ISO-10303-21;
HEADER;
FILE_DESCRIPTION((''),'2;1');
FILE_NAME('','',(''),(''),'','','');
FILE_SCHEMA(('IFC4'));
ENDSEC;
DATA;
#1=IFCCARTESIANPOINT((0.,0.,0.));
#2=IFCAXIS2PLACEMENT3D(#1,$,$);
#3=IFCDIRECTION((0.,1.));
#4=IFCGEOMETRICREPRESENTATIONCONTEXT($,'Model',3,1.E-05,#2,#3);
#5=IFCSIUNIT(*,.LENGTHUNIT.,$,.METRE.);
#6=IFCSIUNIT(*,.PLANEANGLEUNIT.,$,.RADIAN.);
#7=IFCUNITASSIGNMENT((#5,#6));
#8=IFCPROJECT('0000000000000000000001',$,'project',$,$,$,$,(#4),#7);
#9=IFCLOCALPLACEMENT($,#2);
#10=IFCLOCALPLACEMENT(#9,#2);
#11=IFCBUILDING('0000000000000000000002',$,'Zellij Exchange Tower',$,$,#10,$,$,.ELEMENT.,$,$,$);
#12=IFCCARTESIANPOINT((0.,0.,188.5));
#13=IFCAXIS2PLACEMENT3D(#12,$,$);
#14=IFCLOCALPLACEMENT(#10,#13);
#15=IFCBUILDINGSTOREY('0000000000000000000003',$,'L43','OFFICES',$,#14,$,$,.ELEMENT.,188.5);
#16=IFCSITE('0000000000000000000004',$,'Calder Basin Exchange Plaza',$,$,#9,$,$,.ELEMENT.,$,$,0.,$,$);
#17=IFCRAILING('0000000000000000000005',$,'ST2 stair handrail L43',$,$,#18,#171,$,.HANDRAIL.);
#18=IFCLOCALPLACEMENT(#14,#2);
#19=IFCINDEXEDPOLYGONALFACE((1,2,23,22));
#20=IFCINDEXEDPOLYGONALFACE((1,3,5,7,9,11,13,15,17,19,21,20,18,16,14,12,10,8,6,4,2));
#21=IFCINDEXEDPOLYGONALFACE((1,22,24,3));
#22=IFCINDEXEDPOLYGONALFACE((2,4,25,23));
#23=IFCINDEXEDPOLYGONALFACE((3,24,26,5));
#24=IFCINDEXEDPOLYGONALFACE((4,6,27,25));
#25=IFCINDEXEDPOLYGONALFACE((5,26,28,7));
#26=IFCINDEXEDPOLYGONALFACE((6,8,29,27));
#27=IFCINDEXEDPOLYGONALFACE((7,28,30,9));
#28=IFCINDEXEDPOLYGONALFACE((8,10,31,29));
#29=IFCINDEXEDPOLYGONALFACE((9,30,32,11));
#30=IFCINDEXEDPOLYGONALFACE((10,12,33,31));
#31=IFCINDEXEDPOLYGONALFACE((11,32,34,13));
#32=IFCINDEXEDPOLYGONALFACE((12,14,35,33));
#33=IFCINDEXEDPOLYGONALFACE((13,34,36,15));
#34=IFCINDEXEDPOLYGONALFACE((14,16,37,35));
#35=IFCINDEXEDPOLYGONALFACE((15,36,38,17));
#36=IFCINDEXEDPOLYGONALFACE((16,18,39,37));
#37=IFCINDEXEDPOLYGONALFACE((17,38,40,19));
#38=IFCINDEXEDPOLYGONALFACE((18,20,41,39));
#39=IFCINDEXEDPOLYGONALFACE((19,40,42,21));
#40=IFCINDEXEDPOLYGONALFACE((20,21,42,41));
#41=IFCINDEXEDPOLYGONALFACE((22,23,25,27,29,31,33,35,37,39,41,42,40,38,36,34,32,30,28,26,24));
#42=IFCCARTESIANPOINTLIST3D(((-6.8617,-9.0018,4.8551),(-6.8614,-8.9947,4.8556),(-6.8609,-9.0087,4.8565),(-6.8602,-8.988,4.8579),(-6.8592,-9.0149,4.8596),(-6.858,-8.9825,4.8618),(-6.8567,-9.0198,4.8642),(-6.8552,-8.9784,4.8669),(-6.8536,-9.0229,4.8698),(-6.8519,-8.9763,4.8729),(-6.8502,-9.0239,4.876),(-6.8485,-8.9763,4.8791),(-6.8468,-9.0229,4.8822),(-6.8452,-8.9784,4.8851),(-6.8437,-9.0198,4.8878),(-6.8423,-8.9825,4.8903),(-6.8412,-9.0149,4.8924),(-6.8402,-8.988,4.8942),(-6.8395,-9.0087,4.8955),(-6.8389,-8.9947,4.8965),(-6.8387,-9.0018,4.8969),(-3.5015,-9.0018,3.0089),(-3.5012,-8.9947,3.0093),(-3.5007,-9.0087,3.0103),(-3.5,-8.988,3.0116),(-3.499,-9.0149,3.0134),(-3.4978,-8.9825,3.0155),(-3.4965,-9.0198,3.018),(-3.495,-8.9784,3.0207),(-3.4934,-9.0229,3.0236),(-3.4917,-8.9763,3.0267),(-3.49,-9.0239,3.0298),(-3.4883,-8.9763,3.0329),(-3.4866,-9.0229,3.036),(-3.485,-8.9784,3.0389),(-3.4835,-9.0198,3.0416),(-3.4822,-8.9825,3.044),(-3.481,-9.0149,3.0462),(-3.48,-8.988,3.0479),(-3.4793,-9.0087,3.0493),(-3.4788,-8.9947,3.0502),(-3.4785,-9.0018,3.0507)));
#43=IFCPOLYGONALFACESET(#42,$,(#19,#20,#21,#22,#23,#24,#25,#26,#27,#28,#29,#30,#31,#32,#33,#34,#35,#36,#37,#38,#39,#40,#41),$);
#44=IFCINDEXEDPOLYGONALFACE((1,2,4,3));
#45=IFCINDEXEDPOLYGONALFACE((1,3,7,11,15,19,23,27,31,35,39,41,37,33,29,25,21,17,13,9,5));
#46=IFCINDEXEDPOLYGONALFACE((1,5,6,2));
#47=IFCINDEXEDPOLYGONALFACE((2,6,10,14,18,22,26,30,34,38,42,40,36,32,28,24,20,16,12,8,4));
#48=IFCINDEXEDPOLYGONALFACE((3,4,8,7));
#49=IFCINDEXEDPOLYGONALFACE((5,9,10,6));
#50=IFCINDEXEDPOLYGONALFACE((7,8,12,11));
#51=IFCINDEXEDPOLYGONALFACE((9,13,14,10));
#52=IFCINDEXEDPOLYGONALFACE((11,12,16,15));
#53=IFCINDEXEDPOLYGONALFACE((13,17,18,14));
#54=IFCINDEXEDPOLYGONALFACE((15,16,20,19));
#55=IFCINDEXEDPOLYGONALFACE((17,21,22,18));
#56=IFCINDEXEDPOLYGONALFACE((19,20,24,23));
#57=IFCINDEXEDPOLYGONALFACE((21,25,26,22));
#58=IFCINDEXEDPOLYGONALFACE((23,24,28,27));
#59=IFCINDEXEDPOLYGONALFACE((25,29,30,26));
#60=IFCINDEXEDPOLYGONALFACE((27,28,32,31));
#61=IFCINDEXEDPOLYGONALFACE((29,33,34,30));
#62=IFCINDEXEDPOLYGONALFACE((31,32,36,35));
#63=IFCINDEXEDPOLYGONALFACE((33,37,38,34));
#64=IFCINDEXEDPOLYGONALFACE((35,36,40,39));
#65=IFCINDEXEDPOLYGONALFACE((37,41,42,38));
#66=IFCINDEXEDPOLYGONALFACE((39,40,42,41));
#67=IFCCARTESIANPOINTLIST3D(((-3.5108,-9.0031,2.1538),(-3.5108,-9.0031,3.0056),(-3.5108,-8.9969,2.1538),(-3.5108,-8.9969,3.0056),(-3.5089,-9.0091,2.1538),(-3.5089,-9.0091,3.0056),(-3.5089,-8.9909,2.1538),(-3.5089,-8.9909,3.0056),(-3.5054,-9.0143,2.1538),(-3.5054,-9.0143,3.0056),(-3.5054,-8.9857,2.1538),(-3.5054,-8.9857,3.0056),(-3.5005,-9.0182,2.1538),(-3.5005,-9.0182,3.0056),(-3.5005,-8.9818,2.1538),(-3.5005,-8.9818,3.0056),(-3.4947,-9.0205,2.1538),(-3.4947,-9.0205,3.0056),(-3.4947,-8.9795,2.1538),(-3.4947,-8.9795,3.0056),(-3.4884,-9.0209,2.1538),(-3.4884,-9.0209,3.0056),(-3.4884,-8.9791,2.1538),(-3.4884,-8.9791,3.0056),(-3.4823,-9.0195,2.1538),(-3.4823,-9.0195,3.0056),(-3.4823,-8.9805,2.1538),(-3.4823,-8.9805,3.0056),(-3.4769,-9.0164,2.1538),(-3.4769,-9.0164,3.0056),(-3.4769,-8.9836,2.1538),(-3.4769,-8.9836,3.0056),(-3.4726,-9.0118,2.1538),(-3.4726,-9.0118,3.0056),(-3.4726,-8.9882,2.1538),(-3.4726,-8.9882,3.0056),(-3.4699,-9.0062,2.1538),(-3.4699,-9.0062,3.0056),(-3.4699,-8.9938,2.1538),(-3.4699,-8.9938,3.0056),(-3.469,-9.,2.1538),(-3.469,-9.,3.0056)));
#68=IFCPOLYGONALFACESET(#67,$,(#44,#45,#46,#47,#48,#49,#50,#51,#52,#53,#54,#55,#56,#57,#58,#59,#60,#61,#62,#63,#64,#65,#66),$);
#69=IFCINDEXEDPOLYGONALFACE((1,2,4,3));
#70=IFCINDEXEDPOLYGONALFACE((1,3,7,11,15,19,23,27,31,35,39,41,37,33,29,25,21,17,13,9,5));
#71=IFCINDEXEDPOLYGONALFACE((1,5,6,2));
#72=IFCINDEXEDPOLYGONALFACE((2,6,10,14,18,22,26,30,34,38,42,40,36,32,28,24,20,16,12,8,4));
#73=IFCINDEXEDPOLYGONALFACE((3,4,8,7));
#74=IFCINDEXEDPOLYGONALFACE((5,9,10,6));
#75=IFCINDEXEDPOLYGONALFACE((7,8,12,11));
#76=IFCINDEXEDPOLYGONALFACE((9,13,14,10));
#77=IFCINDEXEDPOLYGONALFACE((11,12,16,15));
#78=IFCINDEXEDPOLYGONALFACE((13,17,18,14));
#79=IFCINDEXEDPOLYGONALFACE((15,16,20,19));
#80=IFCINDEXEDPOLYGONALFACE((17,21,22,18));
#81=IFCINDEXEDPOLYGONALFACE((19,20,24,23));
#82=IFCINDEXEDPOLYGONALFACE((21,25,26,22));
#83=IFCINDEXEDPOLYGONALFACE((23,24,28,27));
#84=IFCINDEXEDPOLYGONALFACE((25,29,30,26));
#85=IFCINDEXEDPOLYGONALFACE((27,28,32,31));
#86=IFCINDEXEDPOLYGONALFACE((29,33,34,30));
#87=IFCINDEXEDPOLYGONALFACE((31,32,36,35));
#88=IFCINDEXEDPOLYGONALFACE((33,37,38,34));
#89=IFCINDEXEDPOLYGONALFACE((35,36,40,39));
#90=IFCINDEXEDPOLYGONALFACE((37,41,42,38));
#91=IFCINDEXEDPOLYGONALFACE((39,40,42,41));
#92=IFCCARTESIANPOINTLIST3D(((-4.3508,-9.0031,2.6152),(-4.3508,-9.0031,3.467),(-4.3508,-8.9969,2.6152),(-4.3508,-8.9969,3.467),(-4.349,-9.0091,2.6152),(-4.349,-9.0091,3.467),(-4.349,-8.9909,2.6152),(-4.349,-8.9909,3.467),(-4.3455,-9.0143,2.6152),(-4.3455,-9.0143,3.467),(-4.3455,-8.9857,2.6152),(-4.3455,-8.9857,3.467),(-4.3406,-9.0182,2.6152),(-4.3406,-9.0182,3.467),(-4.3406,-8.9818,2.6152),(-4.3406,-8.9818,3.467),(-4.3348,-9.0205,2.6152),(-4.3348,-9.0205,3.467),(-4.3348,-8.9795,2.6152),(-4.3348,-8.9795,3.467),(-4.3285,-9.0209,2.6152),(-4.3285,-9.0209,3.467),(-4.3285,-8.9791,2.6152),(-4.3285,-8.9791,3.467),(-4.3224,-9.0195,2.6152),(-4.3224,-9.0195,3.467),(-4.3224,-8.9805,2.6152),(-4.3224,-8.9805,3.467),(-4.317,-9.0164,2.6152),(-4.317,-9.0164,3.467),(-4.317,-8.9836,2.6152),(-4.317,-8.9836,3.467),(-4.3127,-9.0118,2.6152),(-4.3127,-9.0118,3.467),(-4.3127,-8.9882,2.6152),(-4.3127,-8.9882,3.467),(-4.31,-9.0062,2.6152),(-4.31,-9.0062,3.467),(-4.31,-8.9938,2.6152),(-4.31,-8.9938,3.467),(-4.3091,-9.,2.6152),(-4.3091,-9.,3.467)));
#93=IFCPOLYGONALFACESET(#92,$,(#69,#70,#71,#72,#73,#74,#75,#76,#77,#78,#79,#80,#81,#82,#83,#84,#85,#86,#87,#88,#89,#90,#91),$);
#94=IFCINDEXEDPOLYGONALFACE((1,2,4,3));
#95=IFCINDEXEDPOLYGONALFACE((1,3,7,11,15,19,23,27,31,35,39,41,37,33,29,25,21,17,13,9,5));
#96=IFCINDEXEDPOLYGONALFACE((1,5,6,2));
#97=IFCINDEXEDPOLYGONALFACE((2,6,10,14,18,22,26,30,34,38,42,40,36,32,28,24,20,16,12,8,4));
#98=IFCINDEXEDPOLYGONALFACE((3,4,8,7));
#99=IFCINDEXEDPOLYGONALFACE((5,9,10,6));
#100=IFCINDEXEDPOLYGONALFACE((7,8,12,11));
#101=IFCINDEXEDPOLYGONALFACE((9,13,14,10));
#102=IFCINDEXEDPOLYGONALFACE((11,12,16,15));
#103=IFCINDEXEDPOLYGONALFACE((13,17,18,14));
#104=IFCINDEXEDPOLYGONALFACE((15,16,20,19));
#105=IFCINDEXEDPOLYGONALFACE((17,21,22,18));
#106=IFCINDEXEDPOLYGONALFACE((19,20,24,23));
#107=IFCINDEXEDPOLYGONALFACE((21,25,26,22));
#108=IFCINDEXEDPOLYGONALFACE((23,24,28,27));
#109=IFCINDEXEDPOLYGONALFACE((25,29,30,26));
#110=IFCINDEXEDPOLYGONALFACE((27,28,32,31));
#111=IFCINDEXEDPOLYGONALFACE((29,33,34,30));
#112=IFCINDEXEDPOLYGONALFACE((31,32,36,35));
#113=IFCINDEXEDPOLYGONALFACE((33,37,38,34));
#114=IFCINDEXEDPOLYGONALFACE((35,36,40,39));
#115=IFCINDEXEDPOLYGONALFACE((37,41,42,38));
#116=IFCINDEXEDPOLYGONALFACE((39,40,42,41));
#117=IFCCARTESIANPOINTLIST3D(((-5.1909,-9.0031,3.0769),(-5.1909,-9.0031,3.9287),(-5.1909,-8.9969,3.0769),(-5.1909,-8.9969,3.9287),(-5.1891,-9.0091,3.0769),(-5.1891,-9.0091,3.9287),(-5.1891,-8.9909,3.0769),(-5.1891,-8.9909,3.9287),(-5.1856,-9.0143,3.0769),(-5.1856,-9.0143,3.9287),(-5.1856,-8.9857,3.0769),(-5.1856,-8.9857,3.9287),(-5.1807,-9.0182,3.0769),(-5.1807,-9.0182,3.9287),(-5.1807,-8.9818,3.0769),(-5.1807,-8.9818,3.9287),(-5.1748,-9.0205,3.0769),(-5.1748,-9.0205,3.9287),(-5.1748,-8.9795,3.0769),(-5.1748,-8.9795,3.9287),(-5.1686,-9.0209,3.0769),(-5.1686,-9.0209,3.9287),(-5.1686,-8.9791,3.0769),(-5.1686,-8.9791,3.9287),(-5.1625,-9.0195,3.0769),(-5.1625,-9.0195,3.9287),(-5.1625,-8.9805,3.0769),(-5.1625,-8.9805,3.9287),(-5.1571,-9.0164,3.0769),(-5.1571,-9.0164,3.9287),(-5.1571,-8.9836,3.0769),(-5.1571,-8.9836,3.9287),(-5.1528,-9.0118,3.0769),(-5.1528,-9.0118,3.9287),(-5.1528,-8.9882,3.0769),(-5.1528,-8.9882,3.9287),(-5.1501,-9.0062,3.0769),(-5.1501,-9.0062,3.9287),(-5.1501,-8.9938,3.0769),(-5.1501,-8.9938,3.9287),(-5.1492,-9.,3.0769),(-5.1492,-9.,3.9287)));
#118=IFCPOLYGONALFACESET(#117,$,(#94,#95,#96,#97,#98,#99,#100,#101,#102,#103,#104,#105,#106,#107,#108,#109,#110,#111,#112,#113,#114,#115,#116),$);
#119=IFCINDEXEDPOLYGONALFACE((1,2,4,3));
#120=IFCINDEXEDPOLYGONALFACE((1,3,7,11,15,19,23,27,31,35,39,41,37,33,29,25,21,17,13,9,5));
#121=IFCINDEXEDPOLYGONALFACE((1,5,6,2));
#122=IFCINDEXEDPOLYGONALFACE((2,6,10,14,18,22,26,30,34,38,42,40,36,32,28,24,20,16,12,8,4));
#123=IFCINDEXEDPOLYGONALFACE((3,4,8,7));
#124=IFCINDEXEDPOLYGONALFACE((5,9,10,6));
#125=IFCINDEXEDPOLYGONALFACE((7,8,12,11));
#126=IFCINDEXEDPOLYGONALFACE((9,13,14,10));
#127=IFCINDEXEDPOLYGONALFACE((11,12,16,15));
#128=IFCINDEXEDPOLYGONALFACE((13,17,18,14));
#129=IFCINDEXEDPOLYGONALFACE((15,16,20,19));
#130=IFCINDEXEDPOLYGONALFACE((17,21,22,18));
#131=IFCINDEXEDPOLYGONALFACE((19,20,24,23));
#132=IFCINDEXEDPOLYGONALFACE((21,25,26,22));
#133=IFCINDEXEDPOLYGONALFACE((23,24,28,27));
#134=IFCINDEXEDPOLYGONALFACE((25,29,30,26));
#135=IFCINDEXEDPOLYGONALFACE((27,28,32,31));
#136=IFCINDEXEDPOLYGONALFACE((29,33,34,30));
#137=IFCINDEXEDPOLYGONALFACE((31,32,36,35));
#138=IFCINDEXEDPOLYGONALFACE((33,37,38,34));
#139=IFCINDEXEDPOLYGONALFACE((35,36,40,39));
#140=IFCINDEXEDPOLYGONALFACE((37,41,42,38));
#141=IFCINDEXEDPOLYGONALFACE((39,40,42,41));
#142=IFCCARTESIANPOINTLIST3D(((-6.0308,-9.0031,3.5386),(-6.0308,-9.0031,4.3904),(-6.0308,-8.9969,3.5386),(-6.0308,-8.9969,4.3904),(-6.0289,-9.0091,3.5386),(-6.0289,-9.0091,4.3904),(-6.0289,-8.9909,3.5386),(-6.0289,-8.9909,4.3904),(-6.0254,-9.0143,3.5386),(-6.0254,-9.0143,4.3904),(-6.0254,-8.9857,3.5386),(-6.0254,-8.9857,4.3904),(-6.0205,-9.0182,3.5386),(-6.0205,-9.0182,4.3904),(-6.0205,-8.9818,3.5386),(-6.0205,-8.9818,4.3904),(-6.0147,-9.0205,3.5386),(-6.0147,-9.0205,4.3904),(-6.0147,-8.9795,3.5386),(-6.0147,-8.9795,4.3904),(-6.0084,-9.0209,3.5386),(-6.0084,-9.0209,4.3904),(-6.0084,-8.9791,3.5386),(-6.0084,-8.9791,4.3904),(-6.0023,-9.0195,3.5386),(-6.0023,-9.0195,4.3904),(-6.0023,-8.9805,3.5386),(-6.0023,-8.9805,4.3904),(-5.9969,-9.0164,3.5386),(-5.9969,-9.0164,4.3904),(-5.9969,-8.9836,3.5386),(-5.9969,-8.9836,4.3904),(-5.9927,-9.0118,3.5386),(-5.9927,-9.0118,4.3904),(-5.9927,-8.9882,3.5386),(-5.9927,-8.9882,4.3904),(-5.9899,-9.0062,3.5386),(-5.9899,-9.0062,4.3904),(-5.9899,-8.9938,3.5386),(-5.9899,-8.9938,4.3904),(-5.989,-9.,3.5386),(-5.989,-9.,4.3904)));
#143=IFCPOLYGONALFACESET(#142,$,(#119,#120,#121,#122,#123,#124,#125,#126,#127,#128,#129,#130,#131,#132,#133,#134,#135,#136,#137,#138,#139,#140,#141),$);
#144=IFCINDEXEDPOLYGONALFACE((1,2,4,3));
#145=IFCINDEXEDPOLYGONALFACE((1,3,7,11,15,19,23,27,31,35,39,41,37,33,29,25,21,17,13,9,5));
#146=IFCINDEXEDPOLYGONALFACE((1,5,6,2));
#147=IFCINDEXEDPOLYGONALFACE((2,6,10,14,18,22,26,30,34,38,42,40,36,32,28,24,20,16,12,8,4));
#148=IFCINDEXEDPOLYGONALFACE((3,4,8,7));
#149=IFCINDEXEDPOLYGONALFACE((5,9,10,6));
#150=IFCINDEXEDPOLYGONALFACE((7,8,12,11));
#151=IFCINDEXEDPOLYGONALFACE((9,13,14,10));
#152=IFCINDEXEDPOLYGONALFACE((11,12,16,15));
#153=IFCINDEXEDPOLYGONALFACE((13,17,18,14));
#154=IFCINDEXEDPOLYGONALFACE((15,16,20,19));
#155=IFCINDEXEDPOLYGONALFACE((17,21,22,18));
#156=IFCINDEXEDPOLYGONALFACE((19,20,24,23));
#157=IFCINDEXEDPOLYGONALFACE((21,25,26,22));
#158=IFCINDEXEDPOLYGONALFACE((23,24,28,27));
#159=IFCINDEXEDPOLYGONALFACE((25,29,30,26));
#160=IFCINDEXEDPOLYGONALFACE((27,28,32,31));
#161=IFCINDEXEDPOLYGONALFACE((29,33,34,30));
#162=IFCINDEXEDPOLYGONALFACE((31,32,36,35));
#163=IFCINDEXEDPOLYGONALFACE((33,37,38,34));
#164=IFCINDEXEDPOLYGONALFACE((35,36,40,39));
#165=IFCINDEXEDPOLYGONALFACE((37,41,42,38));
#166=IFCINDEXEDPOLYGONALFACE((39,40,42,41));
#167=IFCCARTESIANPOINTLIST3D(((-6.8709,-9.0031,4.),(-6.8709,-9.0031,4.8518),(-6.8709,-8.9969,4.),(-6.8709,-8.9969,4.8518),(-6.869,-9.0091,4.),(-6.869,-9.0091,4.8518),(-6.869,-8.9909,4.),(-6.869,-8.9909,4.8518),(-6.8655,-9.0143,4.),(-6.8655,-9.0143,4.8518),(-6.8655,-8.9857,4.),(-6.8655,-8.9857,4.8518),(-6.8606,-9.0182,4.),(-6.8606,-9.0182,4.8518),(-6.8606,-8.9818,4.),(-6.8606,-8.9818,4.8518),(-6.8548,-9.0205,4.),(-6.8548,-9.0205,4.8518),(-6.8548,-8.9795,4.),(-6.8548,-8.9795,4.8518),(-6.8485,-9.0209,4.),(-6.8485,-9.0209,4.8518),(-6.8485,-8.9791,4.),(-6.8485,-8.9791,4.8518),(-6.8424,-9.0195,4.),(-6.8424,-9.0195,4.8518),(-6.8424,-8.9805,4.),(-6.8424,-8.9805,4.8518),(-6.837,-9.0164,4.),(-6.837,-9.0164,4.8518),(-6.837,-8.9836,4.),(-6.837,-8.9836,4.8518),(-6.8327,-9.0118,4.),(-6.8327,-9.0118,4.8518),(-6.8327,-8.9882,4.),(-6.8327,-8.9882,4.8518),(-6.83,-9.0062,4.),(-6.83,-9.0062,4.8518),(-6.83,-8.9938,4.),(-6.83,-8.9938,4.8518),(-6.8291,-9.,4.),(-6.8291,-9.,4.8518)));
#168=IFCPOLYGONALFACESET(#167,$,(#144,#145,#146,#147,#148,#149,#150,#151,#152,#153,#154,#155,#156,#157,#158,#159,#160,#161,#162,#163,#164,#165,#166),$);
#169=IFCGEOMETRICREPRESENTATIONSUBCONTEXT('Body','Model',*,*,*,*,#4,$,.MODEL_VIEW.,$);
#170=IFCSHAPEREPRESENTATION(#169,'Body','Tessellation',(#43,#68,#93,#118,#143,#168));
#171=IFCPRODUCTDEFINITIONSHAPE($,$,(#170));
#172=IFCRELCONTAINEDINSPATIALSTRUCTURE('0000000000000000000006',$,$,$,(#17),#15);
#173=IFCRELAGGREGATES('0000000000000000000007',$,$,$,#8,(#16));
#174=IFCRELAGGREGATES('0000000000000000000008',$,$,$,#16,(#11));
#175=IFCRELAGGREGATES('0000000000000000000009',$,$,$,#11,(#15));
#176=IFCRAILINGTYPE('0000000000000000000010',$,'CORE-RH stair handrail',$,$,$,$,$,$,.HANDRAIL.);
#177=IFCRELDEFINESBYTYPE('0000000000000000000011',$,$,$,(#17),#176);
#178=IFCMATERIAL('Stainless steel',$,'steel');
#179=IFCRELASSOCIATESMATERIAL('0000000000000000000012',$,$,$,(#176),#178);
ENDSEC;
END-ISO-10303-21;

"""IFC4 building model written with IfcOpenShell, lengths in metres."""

from ifc_helpers import new_model, si_unit, direction, frame, origin, origin_2d, place, context, subcontext, project, spatial, circle, extrude, material, type_object, element, save


model = new_model("IFC4")

# Units and contexts
model_context = context("Model", 3, precision=1e-05, world=origin(), true_north=direction((0.0, 1.0)))
body_context = subcontext(model_context, "Body", "Model", "MODEL_VIEW")
ifc_project = project(units=[si_unit("LENGTHUNIT", "METRE"), si_unit("PLANEANGLEUNIT", "RADIAN")], contexts=[model_context])

# Site, building, storey
site_placement = place(None, origin())
site = spatial("IfcSite", under=ifc_project, at=site_placement, Name="Calder Basin Exchange Plaza", CompositionType="ELEMENT", RefElevation=0.0)
building_placement = place(site_placement, origin())
building = spatial("IfcBuilding", under=site, at=building_placement, Name="Zellij Exchange Tower", CompositionType="ELEMENT")
storey_placement = place(building_placement, frame((0.0, 0.0, 188.5)))
storey = spatial("IfcBuildingStorey", under=building, at=storey_placement, Name="L43", Description="OFFICES", CompositionType="ELEMENT", Elevation=188.5)

# Railing
ifc_material_1 = material(Name="Stainless steel", Category="steel")
railing_type_1 = type_object("IfcRailingType", Name="CORE-RH stair handrail", PredefinedType="HANDRAIL", material=ifc_material_1)
railing_1_placement = place(storey_placement, frame((-3.49, -9.0, 2.1538)))
element("IfcRailing", 1, at=railing_1_placement, inside=storey, type_object=railing_type_1, Name="ST2 stair handrail L43", PredefinedType="HANDRAIL", context=body_context, shape_type="SweptSolid", body=[
    extrude(circle(Radius=0.0239, at=origin_2d()), frame((0.0, 0.0, 0.876), z_axis=(-0.876422, 0.0, 0.481545), x_axis=(0.0, -1.0, 0.0)), (0.0, 0.0, 1.0), 3.834),
    extrude(circle(Radius=0.021, at=origin_2d()), origin(), (0.0, 0.0, 1.0), 0.8518),
    extrude(circle(Radius=0.021, at=origin_2d()), frame((-0.8401, 0.0, 0.4614)), (0.0, 0.0, 1.0), 0.8518),
    extrude(circle(Radius=0.021, at=origin_2d()), frame((-1.6802, 0.0, 0.9231)), (0.0, 0.0, 1.0), 0.8518),
    extrude(circle(Radius=0.021, at=origin_2d()), frame((-2.52, 0.0, 1.3848)), (0.0, 0.0, 1.0), 0.8518),
    extrude(circle(Radius=0.021, at=origin_2d()), frame((-3.3601, 0.0, 1.8462)), (0.0, 0.0, 1.0), 0.8518),
])

save(model, "model.ifc")
